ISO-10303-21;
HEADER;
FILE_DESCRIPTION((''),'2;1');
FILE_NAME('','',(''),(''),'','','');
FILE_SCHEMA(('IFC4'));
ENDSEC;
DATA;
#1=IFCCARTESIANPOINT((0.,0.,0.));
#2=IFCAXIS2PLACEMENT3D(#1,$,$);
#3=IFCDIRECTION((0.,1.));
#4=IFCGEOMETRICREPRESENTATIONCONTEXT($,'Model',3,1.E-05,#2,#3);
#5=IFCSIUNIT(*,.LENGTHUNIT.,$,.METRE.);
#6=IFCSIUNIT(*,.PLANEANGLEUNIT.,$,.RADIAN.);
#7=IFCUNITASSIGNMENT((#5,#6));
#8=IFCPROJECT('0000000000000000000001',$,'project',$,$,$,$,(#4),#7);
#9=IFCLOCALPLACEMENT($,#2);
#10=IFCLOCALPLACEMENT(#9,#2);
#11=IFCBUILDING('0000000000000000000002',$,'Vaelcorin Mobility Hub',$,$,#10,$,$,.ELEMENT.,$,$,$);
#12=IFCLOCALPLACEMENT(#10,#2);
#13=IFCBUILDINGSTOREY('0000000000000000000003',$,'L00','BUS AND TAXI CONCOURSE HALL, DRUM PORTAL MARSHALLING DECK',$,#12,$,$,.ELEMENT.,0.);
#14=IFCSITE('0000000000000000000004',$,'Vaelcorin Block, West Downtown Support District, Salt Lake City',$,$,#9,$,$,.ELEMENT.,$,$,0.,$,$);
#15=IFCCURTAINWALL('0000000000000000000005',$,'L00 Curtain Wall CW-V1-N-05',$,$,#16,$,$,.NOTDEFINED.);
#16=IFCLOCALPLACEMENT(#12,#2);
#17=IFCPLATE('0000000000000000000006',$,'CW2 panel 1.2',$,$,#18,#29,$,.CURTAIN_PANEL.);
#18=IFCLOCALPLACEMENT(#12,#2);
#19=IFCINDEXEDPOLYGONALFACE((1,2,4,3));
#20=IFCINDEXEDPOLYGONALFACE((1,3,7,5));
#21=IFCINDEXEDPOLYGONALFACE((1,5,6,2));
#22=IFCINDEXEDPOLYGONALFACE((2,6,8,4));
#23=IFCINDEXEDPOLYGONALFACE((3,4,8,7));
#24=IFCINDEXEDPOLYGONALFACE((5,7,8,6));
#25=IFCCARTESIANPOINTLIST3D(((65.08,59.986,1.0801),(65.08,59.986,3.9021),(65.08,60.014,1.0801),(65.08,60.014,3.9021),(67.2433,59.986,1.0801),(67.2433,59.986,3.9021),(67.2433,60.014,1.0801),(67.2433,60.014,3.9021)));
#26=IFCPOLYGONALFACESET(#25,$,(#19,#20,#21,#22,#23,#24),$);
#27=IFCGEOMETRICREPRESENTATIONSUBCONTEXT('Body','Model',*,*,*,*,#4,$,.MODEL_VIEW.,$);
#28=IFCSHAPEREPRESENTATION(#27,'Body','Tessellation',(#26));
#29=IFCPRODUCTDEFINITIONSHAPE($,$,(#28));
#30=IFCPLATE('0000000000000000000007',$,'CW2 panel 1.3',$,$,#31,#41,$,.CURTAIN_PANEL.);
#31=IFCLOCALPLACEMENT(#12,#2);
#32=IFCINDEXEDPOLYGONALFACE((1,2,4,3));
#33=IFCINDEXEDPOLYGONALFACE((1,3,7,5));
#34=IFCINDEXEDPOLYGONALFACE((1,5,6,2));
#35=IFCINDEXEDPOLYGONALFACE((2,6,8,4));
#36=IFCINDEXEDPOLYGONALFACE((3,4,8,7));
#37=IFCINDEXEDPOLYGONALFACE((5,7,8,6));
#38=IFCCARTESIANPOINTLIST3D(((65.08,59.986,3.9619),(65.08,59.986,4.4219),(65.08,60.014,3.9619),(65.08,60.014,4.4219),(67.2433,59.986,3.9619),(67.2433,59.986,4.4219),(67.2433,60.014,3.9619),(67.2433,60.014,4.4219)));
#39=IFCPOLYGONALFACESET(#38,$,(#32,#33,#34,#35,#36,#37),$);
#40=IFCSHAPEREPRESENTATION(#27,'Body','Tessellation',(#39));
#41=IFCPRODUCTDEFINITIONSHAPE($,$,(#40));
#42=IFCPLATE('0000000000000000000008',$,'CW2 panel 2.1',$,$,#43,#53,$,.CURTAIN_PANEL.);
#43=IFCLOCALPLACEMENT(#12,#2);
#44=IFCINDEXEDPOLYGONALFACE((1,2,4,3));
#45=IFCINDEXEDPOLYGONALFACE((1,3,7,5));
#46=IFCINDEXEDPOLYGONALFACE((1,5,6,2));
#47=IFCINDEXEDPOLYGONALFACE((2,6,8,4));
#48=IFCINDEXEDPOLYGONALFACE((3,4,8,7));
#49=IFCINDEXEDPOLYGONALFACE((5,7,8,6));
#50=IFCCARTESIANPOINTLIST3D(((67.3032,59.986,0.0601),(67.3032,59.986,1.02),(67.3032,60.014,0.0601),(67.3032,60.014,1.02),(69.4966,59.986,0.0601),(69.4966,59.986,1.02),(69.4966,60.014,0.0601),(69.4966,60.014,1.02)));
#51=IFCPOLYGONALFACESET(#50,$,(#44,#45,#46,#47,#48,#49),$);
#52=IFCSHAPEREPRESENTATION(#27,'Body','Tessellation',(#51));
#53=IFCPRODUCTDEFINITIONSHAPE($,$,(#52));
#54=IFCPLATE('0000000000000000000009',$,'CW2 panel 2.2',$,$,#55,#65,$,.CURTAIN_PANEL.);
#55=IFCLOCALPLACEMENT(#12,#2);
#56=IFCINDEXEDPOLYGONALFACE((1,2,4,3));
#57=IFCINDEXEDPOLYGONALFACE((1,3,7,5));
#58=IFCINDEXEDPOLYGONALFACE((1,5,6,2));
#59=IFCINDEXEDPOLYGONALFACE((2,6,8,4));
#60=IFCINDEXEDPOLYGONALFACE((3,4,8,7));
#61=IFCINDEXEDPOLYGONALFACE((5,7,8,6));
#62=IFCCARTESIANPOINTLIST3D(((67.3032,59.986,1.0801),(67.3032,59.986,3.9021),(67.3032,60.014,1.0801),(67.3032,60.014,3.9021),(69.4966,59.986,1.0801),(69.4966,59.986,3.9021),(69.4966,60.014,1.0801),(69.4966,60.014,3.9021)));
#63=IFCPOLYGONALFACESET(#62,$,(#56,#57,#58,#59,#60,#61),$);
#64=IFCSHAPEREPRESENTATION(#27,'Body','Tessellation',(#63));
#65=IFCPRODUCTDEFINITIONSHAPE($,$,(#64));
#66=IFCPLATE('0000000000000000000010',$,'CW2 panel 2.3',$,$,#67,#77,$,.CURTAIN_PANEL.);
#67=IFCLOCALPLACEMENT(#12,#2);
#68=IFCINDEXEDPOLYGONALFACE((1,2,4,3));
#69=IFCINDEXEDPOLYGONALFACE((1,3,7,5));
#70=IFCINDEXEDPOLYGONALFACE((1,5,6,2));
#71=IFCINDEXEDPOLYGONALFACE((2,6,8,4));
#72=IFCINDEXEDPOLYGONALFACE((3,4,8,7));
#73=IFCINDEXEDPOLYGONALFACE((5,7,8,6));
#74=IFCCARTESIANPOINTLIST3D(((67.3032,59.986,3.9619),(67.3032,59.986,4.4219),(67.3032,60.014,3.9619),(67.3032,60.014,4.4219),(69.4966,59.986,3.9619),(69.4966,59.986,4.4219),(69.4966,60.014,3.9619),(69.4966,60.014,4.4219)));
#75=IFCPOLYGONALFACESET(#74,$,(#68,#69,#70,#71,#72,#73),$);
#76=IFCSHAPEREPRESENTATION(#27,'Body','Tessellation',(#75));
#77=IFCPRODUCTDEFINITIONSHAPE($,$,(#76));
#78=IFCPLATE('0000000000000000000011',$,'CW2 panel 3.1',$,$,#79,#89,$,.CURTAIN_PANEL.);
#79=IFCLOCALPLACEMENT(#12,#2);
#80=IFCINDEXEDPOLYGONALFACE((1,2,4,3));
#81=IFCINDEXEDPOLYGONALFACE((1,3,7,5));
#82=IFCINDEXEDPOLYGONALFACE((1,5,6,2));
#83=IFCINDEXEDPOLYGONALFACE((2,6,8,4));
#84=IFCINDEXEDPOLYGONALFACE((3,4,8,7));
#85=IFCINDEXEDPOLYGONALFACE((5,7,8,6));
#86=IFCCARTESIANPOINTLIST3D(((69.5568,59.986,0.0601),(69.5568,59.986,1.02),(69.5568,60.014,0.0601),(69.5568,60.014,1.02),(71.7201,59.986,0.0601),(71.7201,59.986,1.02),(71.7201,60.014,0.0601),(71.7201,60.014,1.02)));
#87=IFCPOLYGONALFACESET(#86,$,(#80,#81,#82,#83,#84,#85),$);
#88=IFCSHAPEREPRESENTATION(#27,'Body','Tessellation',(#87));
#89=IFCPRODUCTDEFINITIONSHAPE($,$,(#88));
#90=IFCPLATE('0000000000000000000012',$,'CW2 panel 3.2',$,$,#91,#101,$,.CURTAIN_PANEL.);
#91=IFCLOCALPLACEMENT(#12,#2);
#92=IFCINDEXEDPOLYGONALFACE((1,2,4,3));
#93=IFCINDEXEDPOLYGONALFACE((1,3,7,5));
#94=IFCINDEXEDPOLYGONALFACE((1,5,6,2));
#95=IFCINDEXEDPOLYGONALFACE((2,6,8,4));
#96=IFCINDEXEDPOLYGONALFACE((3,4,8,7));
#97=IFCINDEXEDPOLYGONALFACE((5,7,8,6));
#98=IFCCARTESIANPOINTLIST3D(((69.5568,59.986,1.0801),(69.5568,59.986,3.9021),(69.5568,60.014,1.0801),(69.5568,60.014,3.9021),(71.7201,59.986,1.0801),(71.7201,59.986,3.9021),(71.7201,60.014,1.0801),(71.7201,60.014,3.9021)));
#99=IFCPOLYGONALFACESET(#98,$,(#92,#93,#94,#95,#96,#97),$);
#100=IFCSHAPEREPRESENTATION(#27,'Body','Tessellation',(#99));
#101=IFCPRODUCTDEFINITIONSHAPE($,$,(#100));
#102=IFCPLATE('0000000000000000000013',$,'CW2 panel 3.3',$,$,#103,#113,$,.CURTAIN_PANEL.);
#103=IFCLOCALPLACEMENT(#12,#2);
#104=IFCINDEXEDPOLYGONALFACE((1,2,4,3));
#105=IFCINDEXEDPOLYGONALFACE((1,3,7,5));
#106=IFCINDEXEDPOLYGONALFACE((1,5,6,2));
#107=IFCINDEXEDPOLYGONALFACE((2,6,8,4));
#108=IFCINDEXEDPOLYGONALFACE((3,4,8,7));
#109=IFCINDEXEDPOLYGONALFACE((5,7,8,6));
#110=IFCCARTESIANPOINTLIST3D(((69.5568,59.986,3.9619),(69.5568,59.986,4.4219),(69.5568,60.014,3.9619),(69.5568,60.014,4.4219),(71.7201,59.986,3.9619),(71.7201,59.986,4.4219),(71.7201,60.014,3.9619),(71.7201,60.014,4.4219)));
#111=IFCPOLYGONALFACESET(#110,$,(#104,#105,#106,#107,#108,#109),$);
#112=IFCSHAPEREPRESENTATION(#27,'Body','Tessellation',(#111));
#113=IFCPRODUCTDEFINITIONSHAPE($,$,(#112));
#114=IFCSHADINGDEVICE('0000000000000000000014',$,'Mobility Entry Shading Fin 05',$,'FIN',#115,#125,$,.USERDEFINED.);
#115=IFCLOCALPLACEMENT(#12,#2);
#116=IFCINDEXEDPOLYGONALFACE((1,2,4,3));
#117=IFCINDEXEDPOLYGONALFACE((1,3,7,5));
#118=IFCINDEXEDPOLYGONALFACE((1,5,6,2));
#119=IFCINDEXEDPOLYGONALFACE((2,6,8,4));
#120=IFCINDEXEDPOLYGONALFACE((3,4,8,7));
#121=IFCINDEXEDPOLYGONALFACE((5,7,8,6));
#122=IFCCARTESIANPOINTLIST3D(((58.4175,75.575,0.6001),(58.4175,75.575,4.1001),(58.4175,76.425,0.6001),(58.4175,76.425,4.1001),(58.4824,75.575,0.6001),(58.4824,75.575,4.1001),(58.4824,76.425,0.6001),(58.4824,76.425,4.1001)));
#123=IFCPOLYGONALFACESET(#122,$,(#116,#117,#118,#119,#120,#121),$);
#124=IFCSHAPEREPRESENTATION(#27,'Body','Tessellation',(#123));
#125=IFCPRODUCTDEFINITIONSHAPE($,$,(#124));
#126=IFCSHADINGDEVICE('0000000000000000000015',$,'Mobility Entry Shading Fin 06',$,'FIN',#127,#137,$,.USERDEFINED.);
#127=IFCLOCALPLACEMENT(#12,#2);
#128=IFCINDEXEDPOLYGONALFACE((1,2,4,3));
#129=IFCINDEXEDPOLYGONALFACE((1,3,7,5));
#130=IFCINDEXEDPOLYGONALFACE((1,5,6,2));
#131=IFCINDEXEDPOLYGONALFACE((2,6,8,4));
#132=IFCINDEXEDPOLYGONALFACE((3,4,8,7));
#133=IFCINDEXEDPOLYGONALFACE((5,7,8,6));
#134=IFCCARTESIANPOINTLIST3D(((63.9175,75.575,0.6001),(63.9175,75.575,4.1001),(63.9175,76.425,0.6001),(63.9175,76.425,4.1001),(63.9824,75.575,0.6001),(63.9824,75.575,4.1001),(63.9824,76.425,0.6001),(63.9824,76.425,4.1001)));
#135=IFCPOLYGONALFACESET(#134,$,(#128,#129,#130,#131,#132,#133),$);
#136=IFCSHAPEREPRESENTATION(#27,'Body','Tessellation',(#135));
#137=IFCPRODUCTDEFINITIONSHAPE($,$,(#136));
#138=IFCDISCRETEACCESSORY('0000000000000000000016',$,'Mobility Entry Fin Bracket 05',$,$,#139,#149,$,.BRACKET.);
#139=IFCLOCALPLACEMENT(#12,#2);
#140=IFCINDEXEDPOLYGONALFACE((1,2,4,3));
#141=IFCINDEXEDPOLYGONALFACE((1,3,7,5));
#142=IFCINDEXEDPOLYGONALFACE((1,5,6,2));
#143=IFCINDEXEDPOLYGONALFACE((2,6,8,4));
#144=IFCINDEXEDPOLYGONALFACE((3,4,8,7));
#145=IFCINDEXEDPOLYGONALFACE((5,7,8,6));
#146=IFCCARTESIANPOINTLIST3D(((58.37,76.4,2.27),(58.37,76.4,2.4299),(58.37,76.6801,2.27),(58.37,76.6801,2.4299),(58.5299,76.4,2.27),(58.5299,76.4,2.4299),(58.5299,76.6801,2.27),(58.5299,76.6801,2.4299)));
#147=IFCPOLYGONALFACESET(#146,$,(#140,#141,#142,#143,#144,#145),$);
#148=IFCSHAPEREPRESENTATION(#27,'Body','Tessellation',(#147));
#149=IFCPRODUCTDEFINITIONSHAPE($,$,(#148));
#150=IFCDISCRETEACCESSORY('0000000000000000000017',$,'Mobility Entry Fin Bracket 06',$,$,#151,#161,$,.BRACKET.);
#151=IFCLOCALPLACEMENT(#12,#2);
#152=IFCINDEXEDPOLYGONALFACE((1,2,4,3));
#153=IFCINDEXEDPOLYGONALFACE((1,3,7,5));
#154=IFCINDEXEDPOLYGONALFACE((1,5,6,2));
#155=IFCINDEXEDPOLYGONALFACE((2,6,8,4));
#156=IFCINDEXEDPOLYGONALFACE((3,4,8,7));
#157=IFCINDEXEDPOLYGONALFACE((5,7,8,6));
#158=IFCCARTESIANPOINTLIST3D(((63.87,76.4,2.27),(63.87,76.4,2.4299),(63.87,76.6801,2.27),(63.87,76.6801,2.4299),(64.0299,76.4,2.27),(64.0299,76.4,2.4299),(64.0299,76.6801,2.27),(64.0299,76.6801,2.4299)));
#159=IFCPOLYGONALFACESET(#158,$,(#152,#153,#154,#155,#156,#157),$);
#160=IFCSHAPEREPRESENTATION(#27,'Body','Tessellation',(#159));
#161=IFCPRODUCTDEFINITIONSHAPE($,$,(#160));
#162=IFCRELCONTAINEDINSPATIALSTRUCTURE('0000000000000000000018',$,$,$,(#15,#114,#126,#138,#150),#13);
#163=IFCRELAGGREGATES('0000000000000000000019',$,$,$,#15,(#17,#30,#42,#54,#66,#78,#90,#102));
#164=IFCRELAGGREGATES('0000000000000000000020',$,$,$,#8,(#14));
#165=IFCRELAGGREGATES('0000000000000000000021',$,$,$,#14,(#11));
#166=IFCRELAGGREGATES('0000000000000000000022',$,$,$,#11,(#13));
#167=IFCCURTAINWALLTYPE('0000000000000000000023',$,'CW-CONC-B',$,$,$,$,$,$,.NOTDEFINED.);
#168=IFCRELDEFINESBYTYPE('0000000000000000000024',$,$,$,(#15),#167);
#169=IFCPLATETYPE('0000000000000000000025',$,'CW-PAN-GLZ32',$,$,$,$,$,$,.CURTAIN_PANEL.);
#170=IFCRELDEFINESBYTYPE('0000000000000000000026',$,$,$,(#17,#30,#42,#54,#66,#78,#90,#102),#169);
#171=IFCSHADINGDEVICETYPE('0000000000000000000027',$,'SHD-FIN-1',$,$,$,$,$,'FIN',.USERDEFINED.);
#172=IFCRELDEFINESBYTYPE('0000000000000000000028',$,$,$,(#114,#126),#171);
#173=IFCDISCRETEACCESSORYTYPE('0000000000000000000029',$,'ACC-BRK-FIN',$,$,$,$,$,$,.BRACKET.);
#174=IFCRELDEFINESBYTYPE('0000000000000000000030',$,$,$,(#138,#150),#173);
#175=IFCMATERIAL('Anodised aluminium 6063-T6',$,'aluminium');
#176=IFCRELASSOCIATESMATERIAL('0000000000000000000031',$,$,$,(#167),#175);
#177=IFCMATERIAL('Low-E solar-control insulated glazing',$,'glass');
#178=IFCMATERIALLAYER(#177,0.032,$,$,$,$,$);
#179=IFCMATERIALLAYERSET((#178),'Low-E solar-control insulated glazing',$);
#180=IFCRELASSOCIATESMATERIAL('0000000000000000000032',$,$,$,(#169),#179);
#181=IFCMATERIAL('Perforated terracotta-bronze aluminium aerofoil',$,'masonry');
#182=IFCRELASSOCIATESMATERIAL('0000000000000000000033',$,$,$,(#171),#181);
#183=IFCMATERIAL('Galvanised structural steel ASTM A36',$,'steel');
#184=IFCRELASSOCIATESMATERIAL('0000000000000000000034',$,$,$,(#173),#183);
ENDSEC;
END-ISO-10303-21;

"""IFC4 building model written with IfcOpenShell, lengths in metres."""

from ifc_helpers import new_model, si_unit, direction, frame, origin, origin_2d, place, context, subcontext, project, spatial, rectangle, extrude, material, layer, layer_set, type_object, element, aggregate, save


model = new_model("IFC4")

# Units and contexts
model_context = context("Model", 3, precision=1e-05, world=origin(), true_north=direction((0.0, 1.0)))
body_context = subcontext(model_context, "Body", "Model", "MODEL_VIEW")
ifc_project = project(units=[si_unit("LENGTHUNIT", "METRE"), si_unit("PLANEANGLEUNIT", "RADIAN")], contexts=[model_context])

# Site, building, storey
site_placement = place(None, origin())
site = spatial("IfcSite", under=ifc_project, at=site_placement, Name="Vaelcorin Block, West Downtown Support District, Salt Lake City", CompositionType="ELEMENT", RefElevation=0.0)
building_placement = place(site_placement, origin())
building = spatial("IfcBuilding", under=site, at=building_placement, Name="Vaelcorin Mobility Hub", CompositionType="ELEMENT")
storey_placement = place(building_placement, origin())
storey = spatial("IfcBuildingStorey", under=building, at=storey_placement, Name="L00", Description="BUS AND TAXI CONCOURSE HALL, DRUM PORTAL MARSHALLING DECK", CompositionType="ELEMENT", Elevation=0.0)

# Curtain wall, plates
ifc_material_1 = material(Name="Anodised aluminium 6063-T6", Category="aluminium")
curtain_wall_type = type_object("IfcCurtainWallType", Name="CW-CONC-B", PredefinedType="NOTDEFINED", material=ifc_material_1)
curtain_wall_placement = place(storey_placement, origin())
curtain_wall = element("IfcCurtainWall", 1, at=curtain_wall_placement, inside=storey, type_object=curtain_wall_type, Name="L00 Curtain Wall CW-V1-N-05", PredefinedType="NOTDEFINED")
ifc_material_2 = material(Name="Low-E solar-control insulated glazing", Category="glass")
ifc_layer = layer(ifc_material_2, 0.032)
ifc_layer_set = layer_set([ifc_layer], Name="Low-E solar-control insulated glazing")
plate_type = type_object("IfcPlateType", Name="CW-PAN-GLZ32", PredefinedType="CURTAIN_PANEL", material=ifc_layer_set)
plate_1_placement = place(storey_placement, frame((66.1616, 60.0, 1.0801), z_axis=(0.0, 0.0, 1.0), x_axis=(1.0, 0.0, 0.0)))
plate_1 = element("IfcPlate", 2, at=plate_1_placement, type_object=plate_type, Name="CW2 panel 1.2", PredefinedType="CURTAIN_PANEL", context=body_context, shape_type="SweptSolid", body=[
    extrude(rectangle(XDim=2.1633, YDim=0.0281, at=origin_2d()), origin(), (0.0, 0.0, 1.0), 2.822),
])
plate_2_placement = place(storey_placement, frame((66.1616, 60.0, 3.9619), z_axis=(0.0, 0.0, 1.0), x_axis=(1.0, 0.0, 0.0)))
plate_2 = element("IfcPlate", 3, at=plate_2_placement, type_object=plate_type, Name="CW2 panel 1.3", PredefinedType="CURTAIN_PANEL", context=body_context, shape_type="SweptSolid", body=[
    extrude(rectangle(XDim=2.1633, YDim=0.0281, at=origin_2d()), origin(), (0.0, 0.0, 1.0), 0.46),
])
plate_3_placement = place(storey_placement, frame((68.3999, 60.0, 0.0601), z_axis=(0.0, 0.0, 1.0), x_axis=(1.0, 0.0, 0.0)))
plate_3 = element("IfcPlate", 4, at=plate_3_placement, type_object=plate_type, Name="CW2 panel 2.1", PredefinedType="CURTAIN_PANEL", context=body_context, shape_type="SweptSolid", body=[
    extrude(rectangle(XDim=2.1934, YDim=0.0281, at=origin_2d()), origin(), (0.0, 0.0, 1.0), 0.96),
])
plate_4_placement = place(storey_placement, frame((68.3999, 60.0, 1.0801), z_axis=(0.0, 0.0, 1.0), x_axis=(1.0, 0.0, 0.0)))
plate_4 = element("IfcPlate", 5, at=plate_4_placement, type_object=plate_type, Name="CW2 panel 2.2", PredefinedType="CURTAIN_PANEL", context=body_context, shape_type="SweptSolid", body=[
    extrude(rectangle(XDim=2.1934, YDim=0.0281, at=origin_2d()), origin(), (0.0, 0.0, 1.0), 2.822),
])
plate_5_placement = place(storey_placement, frame((68.3999, 60.0, 3.9619), z_axis=(0.0, 0.0, 1.0), x_axis=(1.0, 0.0, 0.0)))
plate_5 = element("IfcPlate", 6, at=plate_5_placement, type_object=plate_type, Name="CW2 panel 2.3", PredefinedType="CURTAIN_PANEL", context=body_context, shape_type="SweptSolid", body=[
    extrude(rectangle(XDim=2.1934, YDim=0.0281, at=origin_2d()), origin(), (0.0, 0.0, 1.0), 0.46),
])
plate_6_placement = place(storey_placement, frame((70.6384, 60.0, 0.0601), z_axis=(0.0, 0.0, 1.0), x_axis=(1.0, 0.0, 0.0)))
plate_6 = element("IfcPlate", 7, at=plate_6_placement, type_object=plate_type, Name="CW2 panel 3.1", PredefinedType="CURTAIN_PANEL", context=body_context, shape_type="SweptSolid", body=[
    extrude(rectangle(XDim=2.1633, YDim=0.0281, at=origin_2d()), origin(), (0.0, 0.0, 1.0), 0.96),
])
plate_7_placement = place(storey_placement, frame((70.6384, 60.0, 1.0801), z_axis=(0.0, 0.0, 1.0), x_axis=(1.0, 0.0, 0.0)))
plate_7 = element("IfcPlate", 8, at=plate_7_placement, type_object=plate_type, Name="CW2 panel 3.2", PredefinedType="CURTAIN_PANEL", context=body_context, shape_type="SweptSolid", body=[
    extrude(rectangle(XDim=2.1633, YDim=0.0281, at=origin_2d()), origin(), (0.0, 0.0, 1.0), 2.822),
])
plate_8_placement = place(storey_placement, frame((70.6384, 60.0, 3.9619), z_axis=(0.0, 0.0, 1.0), x_axis=(1.0, 0.0, 0.0)))
plate_8 = element("IfcPlate", 9, at=plate_8_placement, type_object=plate_type, Name="CW2 panel 3.3", PredefinedType="CURTAIN_PANEL", context=body_context, shape_type="SweptSolid", body=[
    extrude(rectangle(XDim=2.1633, YDim=0.0281, at=origin_2d()), origin(), (0.0, 0.0, 1.0), 0.46),
])
aggregate(curtain_wall, [plate_1, plate_2, plate_3, plate_4, plate_5, plate_6, plate_7, plate_8])

# Shading devices
ifc_material_3 = material(Name="Perforated terracotta-bronze aluminium aerofoil", Category="masonry")
shading_device_type = type_object("IfcShadingDeviceType", Name="SHD-FIN-1", ElementType="FIN", PredefinedType="USERDEFINED", material=ifc_material_3)
for number, where, z_axis, x_axis, name in (
    (10, (58.45, 76.0, 0.6001), (0.0, 0.0, 1.0), (1.0, 0.0, 0.0), "Mobility Entry Shading Fin 05"),
    (11, (63.95, 76.0, 0.6001), (0.0, 0.0, 1.0), (1.0, 0.0, 0.0), "Mobility Entry Shading Fin 06"),
):
    element("IfcShadingDevice", number, at=place(storey_placement, frame(where, z_axis=z_axis, x_axis=x_axis)), inside=storey, type_object=shading_device_type, Name=name, ObjectType="FIN", PredefinedType="USERDEFINED", context=body_context, shape_type="SweptSolid", body=[
        extrude(rectangle(XDim=0.0649, YDim=0.8501, at=origin_2d()), origin(), (0.0, 0.0, 1.0), 3.5),
    ])

# Discrete accessories
ifc_material_4 = material(Name="Galvanised structural steel ASTM A36", Category="steel")
discrete_accessory_type = type_object("IfcDiscreteAccessoryType", Name="ACC-BRK-FIN", PredefinedType="BRACKET", material=ifc_material_4)
for number, where, z_axis, x_axis, name in (
    (12, (58.45, 76.54, 2.27), (0.0, 0.0, 1.0), (1.0, 0.0, 0.0), "Mobility Entry Fin Bracket 05"),
    (13, (63.95, 76.54, 2.27), (0.0, 0.0, 1.0), (1.0, 0.0, 0.0), "Mobility Entry Fin Bracket 06"),
):
    element("IfcDiscreteAccessory", number, at=place(storey_placement, frame(where, z_axis=z_axis, x_axis=x_axis)), inside=storey, type_object=discrete_accessory_type, Name=name, PredefinedType="BRACKET", context=body_context, shape_type="SweptSolid", body=[
        extrude(rectangle(XDim=0.1599, YDim=0.28, at=origin_2d()), origin(), (0.0, 0.0, 1.0), 0.1599),
    ])

save(model, "model.ifc")
